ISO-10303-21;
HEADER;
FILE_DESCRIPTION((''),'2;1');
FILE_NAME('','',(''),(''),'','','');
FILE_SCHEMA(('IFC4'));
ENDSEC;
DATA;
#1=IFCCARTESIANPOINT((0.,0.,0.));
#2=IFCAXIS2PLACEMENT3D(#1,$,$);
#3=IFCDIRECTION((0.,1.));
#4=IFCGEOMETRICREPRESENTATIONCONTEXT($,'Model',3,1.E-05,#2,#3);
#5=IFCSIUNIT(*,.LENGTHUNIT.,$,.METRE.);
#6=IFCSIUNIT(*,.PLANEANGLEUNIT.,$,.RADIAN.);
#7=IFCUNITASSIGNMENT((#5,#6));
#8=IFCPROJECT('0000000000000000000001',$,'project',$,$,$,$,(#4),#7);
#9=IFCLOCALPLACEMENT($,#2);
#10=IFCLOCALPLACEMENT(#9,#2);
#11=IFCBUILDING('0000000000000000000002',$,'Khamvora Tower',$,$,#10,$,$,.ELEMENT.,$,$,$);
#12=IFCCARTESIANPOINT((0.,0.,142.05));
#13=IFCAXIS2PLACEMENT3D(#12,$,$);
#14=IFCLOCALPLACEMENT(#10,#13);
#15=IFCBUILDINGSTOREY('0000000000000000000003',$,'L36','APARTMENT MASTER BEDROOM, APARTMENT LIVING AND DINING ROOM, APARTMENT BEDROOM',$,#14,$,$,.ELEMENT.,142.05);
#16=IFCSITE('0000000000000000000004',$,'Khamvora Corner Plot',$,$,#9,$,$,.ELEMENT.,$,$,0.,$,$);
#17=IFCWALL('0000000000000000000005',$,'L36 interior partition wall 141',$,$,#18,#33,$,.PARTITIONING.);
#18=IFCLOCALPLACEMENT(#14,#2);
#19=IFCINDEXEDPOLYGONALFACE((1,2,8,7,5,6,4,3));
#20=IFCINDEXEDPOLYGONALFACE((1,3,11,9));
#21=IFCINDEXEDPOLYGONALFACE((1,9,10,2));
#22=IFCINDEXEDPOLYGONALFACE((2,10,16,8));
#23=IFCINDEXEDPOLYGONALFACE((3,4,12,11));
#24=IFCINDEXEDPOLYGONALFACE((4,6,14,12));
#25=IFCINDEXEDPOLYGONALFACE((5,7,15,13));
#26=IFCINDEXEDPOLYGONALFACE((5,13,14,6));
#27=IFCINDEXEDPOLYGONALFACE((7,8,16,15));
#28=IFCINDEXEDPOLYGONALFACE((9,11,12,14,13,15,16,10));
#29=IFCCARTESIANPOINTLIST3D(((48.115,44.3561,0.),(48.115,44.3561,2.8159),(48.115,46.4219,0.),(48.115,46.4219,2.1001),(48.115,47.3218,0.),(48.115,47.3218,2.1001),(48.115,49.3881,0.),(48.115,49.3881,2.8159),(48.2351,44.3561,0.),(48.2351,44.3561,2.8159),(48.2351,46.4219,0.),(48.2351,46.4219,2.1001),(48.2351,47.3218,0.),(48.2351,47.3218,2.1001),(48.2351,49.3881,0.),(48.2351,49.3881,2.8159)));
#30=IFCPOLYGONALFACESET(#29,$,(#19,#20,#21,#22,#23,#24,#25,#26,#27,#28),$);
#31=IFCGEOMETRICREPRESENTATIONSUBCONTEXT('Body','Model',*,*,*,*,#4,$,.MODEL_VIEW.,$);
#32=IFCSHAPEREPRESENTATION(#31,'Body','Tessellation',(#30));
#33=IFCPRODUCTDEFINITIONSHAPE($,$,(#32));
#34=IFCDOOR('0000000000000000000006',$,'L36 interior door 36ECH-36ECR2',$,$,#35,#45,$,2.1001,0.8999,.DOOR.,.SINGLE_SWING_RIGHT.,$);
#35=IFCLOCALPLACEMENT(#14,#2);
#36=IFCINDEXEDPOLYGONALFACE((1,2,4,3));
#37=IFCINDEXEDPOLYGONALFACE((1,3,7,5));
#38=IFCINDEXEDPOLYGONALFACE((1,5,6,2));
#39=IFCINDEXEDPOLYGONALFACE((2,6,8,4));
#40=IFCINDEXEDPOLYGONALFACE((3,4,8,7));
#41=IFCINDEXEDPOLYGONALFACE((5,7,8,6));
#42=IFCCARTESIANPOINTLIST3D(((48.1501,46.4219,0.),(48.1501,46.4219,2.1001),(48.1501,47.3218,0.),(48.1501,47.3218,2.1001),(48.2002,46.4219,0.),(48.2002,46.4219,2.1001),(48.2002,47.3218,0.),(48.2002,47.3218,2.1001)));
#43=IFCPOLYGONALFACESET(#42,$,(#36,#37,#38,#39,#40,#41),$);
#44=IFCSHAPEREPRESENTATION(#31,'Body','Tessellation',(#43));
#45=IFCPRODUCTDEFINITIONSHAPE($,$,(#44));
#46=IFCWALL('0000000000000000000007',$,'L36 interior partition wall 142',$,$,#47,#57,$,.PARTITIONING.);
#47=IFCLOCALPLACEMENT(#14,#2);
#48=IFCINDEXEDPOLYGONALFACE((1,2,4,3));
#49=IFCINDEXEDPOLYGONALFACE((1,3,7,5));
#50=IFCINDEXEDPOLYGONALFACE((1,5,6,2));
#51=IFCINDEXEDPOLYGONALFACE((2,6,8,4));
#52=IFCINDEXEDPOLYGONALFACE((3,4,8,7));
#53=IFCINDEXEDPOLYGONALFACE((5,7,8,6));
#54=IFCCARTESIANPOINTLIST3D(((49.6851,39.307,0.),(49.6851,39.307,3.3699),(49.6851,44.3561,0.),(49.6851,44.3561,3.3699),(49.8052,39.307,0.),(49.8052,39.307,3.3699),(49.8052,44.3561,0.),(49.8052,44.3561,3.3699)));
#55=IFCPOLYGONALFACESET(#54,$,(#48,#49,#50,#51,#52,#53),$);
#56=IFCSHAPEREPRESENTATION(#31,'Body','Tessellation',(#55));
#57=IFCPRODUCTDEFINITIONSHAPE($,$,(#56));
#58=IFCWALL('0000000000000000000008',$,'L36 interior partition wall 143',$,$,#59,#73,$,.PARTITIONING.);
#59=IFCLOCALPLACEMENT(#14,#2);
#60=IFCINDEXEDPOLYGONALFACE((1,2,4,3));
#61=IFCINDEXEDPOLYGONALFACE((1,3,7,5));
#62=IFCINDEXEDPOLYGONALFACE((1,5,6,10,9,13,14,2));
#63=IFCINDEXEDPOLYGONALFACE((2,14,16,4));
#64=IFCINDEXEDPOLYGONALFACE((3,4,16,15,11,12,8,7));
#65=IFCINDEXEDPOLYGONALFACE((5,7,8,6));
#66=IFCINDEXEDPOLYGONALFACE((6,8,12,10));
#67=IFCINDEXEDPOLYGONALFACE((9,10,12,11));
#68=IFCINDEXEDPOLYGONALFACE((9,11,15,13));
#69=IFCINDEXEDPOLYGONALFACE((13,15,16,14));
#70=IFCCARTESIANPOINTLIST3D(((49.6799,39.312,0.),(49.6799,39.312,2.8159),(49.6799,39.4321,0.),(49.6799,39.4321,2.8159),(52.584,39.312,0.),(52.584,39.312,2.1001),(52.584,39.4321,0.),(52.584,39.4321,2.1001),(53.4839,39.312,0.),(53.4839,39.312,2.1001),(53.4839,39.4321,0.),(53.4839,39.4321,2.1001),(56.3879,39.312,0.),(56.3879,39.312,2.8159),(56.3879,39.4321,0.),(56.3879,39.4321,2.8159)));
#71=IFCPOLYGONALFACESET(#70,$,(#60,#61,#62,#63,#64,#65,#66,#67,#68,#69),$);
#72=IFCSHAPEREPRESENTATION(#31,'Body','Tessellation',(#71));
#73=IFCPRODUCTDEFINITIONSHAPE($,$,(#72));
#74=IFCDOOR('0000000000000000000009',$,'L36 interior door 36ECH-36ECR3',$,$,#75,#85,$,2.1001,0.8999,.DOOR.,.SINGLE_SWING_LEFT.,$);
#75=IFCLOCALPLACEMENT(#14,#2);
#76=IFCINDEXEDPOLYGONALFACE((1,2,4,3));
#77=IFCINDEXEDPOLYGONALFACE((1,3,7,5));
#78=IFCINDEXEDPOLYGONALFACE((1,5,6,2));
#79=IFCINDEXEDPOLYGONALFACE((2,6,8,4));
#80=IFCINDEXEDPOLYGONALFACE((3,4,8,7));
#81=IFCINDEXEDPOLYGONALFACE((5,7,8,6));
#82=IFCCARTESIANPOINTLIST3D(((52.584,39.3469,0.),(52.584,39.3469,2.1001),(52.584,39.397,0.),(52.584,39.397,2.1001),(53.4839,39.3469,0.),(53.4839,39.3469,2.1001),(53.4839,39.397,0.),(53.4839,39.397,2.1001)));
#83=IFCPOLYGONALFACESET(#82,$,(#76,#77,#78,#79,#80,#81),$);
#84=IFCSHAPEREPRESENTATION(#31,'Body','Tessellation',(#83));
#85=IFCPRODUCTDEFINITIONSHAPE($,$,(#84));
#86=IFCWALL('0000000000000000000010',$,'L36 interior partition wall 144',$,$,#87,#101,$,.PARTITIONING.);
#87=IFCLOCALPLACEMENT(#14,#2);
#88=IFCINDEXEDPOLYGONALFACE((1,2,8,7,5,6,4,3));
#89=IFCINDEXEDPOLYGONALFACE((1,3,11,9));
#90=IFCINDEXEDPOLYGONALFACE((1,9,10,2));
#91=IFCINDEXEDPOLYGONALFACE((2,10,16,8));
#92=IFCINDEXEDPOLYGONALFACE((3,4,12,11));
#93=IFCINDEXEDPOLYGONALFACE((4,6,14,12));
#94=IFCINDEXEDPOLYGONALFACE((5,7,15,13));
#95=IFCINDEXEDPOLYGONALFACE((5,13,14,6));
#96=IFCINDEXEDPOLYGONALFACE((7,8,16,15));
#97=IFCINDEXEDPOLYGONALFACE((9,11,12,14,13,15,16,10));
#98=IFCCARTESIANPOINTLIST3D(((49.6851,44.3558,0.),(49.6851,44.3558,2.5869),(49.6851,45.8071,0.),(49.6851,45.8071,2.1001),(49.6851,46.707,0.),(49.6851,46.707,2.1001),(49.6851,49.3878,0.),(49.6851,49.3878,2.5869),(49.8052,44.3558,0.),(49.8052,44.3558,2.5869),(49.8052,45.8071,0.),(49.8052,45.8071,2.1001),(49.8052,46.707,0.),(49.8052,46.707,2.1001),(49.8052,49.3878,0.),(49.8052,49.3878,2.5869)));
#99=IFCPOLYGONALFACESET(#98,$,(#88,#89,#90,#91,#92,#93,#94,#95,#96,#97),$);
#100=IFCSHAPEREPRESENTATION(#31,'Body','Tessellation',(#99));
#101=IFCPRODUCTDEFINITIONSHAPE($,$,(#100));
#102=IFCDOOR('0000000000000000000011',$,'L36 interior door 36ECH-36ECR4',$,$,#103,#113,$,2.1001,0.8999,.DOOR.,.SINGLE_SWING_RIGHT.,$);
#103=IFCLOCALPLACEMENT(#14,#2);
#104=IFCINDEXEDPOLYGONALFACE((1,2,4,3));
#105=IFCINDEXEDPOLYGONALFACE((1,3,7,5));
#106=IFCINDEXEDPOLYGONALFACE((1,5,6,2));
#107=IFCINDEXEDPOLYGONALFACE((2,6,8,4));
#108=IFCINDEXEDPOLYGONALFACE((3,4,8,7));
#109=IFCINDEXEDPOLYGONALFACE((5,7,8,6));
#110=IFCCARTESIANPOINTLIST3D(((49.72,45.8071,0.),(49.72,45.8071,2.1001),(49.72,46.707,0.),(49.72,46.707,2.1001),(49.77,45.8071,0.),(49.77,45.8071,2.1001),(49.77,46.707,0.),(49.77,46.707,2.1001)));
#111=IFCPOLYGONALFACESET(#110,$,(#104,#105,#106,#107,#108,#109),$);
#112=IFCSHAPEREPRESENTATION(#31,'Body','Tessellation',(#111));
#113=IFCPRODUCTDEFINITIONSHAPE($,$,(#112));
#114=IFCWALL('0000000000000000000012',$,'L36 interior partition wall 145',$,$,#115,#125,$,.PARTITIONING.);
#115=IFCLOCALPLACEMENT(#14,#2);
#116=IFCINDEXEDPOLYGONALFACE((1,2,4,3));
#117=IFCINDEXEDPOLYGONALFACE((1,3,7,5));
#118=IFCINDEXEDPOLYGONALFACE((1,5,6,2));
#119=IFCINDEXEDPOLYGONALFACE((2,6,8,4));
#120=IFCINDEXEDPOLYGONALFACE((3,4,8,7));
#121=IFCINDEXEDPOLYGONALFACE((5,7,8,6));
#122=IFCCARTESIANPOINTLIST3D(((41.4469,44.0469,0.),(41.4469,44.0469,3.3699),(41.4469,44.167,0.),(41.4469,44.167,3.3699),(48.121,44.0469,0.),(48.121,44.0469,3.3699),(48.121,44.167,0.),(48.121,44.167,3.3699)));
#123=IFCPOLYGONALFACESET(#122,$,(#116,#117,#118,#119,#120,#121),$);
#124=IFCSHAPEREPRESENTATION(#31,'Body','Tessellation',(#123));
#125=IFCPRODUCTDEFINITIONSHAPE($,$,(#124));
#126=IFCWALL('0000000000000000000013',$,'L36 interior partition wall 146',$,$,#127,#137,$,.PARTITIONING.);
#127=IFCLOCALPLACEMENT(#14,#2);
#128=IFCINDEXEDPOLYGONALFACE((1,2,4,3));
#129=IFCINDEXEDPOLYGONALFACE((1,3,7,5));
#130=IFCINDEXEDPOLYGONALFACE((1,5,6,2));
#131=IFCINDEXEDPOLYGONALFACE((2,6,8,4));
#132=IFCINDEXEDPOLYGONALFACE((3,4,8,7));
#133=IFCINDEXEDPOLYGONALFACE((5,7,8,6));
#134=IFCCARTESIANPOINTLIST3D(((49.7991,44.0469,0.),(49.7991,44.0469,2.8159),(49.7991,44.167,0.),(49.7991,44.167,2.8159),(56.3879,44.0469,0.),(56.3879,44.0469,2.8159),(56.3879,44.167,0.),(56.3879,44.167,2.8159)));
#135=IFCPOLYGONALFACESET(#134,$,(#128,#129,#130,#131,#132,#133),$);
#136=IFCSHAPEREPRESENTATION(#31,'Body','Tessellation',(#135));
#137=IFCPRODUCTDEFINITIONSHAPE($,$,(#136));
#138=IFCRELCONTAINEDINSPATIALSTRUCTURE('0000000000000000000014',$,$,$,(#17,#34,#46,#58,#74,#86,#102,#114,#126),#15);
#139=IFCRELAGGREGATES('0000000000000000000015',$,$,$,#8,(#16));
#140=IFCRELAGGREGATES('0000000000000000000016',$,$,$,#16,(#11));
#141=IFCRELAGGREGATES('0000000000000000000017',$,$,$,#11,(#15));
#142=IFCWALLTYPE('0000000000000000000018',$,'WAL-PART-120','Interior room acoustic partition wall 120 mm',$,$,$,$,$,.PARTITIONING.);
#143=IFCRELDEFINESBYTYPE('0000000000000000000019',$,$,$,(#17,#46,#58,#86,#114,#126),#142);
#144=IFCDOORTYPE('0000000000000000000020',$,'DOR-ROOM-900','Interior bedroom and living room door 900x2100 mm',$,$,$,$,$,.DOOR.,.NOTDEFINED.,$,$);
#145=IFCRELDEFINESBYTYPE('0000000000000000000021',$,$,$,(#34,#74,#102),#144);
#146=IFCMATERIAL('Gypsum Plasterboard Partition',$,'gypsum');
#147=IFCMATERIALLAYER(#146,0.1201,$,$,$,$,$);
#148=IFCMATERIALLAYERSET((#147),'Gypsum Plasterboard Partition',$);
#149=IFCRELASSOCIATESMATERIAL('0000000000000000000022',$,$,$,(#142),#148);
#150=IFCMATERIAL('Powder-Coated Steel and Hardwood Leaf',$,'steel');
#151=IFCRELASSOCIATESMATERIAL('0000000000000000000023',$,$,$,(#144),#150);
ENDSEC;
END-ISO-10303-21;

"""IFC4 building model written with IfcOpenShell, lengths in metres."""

from ifc_helpers import new_model, si_unit, direction, frame, frame_2d, origin, place, context, subcontext, project, spatial, rectangle, extrude, material, layer, layer_set, type_object, element, fill, save


model = new_model("IFC4")

# Units and contexts
model_context = context("Model", 3, precision=1e-05, world=origin(), true_north=direction((0.0, 1.0)))
body_context = subcontext(model_context, "Body", "Model", "MODEL_VIEW")
ifc_project = project(units=[si_unit("LENGTHUNIT", "METRE"), si_unit("PLANEANGLEUNIT", "RADIAN")], contexts=[model_context])

# Site, building, storey
site_placement = place(None, origin())
site = spatial("IfcSite", under=ifc_project, at=site_placement, Name="Khamvora Corner Plot", CompositionType="ELEMENT", RefElevation=0.0)
building_placement = place(site_placement, origin())
building = spatial("IfcBuilding", under=site, at=building_placement, Name="Khamvora Tower", CompositionType="ELEMENT")
storey_placement = place(building_placement, frame((0.0, 0.0, 142.05)))
storey = spatial("IfcBuildingStorey", under=building, at=storey_placement, Name="L36", Description="APARTMENT MASTER BEDROOM, APARTMENT LIVING AND DINING ROOM, APARTMENT BEDROOM", CompositionType="ELEMENT", Elevation=142.05)

# Shared definitions
ifc_material_1 = material(Name="Gypsum Plasterboard Partition", Category="gypsum")
ifc_layer_1 = layer(ifc_material_1, 0.1201)
ifc_layer_set_1 = layer_set([ifc_layer_1], Name="Gypsum Plasterboard Partition")
wall_type_1 = type_object("IfcWallType", Name="WAL-PART-120", Description="Interior room acoustic partition wall 120 mm", PredefinedType="PARTITIONING", material=ifc_layer_set_1)
ifc_material_2 = material(Name="Powder-Coated Steel and Hardwood Leaf", Category="steel")
door_type = type_object("IfcDoorType", Name="DOR-ROOM-900", Description="Interior bedroom and living room door 900x2100 mm", OperationType="NOTDEFINED", PredefinedType="DOOR", material=ifc_material_2)

# Wall, opening, door
wall_1_placement = place(storey_placement, frame((48.175, 44.356, 0.0), z_axis=(0.0, 0.0, 1.0), x_axis=(0.0, 1.0, 0.0)))
wall_1 = element("IfcWall", 1, at=wall_1_placement, inside=storey, type_object=wall_type_1, Name="L36 interior partition wall 141", PredefinedType="PARTITIONING", context=body_context, shape_type="SweptSolid", body=[
    extrude(rectangle(XDim=5.032, YDim=0.1201, at=frame_2d((2.5161, 0.0))), origin(), (0.0, 0.0, 1.0), 2.8159),
])
opening_1_placement = place(wall_1_placement, frame((2.0659, 0.0, 0.0)))
opening_1 = element("IfcOpeningElement", 2, at=opening_1_placement, cuts=wall_1, PredefinedType="OPENING", context=body_context, shape_type="SweptSolid", body=[
    extrude(rectangle(XDim=0.8999, YDim=2.1001, at=frame_2d((0.45, 1.05))), frame((0.0, 0.0701, 0.0), z_axis=(0.0, -1.0, 0.0), x_axis=(1.0, 0.0, 0.0)), (0.0, 0.0, 1.0), 0.1401),
])
door_1_placement = place(opening_1_placement, origin())
door_1 = element("IfcDoor", 3, at=door_1_placement, inside=storey, type_object=door_type, Name="L36 interior door 36ECH-36ECR2", OperationType="SINGLE_SWING_RIGHT", OverallHeight=2.1001, OverallWidth=0.8999, PredefinedType="DOOR", context=body_context, shape_type="SweptSolid", body=[
    extrude(rectangle(XDim=0.8999, YDim=2.1001, at=frame_2d((0.45, 1.05))), frame((0.0, 0.0249, 0.0), z_axis=(0.0, -1.0, 0.0), x_axis=(1.0, 0.0, 0.0)), (0.0, 0.0, 1.0), 0.05),
])
fill(opening_1, door_1)

# Wall
wall_2_placement = place(storey_placement, frame((49.7451, 44.356, 0.0), z_axis=(0.0, 0.0, 1.0), x_axis=(0.0, -1.0, 0.0)))
element("IfcWall", 4, at=wall_2_placement, inside=storey, type_object=wall_type_1, Name="L36 interior partition wall 142", PredefinedType="PARTITIONING", context=body_context, shape_type="SweptSolid", body=[
    extrude(rectangle(XDim=5.0491, YDim=0.1201, at=frame_2d((2.5244, 0.0))), origin(), (0.0, 0.0, 1.0), 3.3699),
])

# Walls, openings, doors
wall_3_placement = place(storey_placement, frame((49.6799, 39.3721, 0.0), z_axis=(0.0, 0.0, 1.0), x_axis=(1.0, 0.0, 0.0)))
wall_3 = element("IfcWall", 5, at=wall_3_placement, inside=storey, type_object=wall_type_1, Name="L36 interior partition wall 143", PredefinedType="PARTITIONING", context=body_context, shape_type="SweptSolid", body=[
    extrude(rectangle(XDim=6.708, YDim=0.1201, at=frame_2d((3.354, 0.0))), origin(), (0.0, 0.0, 1.0), 2.8159),
])
opening_2_placement = place(wall_3_placement, frame((2.9041, 0.0, 0.0)))
opening_2 = element("IfcOpeningElement", 6, at=opening_2_placement, cuts=wall_3, PredefinedType="OPENING", context=body_context, shape_type="SweptSolid", body=[
    extrude(rectangle(XDim=0.8999, YDim=2.1001, at=frame_2d((0.45, 1.05))), frame((0.0, 0.0701, 0.0), z_axis=(0.0, -1.0, 0.0), x_axis=(1.0, 0.0, 0.0)), (0.0, 0.0, 1.0), 0.1401),
])
door_2_placement = place(opening_2_placement, origin())
door_2 = element("IfcDoor", 7, at=door_2_placement, inside=storey, type_object=door_type, Name="L36 interior door 36ECH-36ECR3", OperationType="SINGLE_SWING_LEFT", OverallHeight=2.1001, OverallWidth=0.8999, PredefinedType="DOOR", context=body_context, shape_type="SweptSolid", body=[
    extrude(rectangle(XDim=0.8999, YDim=2.1001, at=frame_2d((0.45, 1.05))), frame((0.0, 0.0249, 0.0), z_axis=(0.0, -1.0, 0.0), x_axis=(1.0, 0.0, 0.0)), (0.0, 0.0, 1.0), 0.05),
])
fill(opening_2, door_2)
wall_4_placement = place(storey_placement, frame((49.7451, 49.3879, 0.0), z_axis=(0.0, 0.0, 1.0), x_axis=(0.0, -1.0, 0.0)))
wall_4 = element("IfcWall", 8, at=wall_4_placement, inside=storey, type_object=wall_type_1, Name="L36 interior partition wall 144", PredefinedType="PARTITIONING", context=body_context, shape_type="SweptSolid", body=[
    extrude(rectangle(XDim=5.032, YDim=0.1201, at=frame_2d((2.5161, 0.0))), origin(), (0.0, 0.0, 1.0), 2.5869),
])
opening_3_placement = place(wall_4_placement, frame((2.6809, 0.0, 0.0)))
opening_3 = element("IfcOpeningElement", 9, at=opening_3_placement, cuts=wall_4, PredefinedType="OPENING", context=body_context, shape_type="SweptSolid", body=[
    extrude(rectangle(XDim=0.8999, YDim=2.1001, at=frame_2d((0.45, 1.05))), frame((0.0, 0.0701, 0.0), z_axis=(0.0, -1.0, 0.0), x_axis=(1.0, 0.0, 0.0)), (0.0, 0.0, 1.0), 0.1401),
])
door_3_placement = place(opening_3_placement, origin())
door_3 = element("IfcDoor", 10, at=door_3_placement, inside=storey, type_object=door_type, Name="L36 interior door 36ECH-36ECR4", OperationType="SINGLE_SWING_RIGHT", OverallHeight=2.1001, OverallWidth=0.8999, PredefinedType="DOOR", context=body_context, shape_type="SweptSolid", body=[
    extrude(rectangle(XDim=0.8999, YDim=2.1001, at=frame_2d((0.45, 1.05))), frame((0.0, 0.0249, 0.0), z_axis=(0.0, -1.0, 0.0), x_axis=(1.0, 0.0, 0.0)), (0.0, 0.0, 1.0), 0.05),
])
fill(opening_3, door_3)

# Walls
wall_5_placement = place(storey_placement, frame((41.447, 44.1069, 0.0), z_axis=(0.0, 0.0, 1.0), x_axis=(1.0, 0.0, 0.0)))
element("IfcWall", 11, at=wall_5_placement, inside=storey, type_object=wall_type_1, Name="L36 interior partition wall 145", PredefinedType="PARTITIONING", context=body_context, shape_type="SweptSolid", body=[
    extrude(rectangle(XDim=6.6741, YDim=0.1201, at=frame_2d((3.3369, 0.0))), origin(), (0.0, 0.0, 1.0), 3.3699),
])
wall_6_placement = place(storey_placement, frame((49.7991, 44.1069, 0.0), z_axis=(0.0, 0.0, 1.0), x_axis=(1.0, 0.0, 0.0)))
element("IfcWall", 12, at=wall_6_placement, inside=storey, type_object=wall_type_1, Name="L36 interior partition wall 146", PredefinedType="PARTITIONING", context=body_context, shape_type="SweptSolid", body=[
    extrude(rectangle(XDim=6.5889, YDim=0.1201, at=frame_2d((3.2944, 0.0))), origin(), (0.0, 0.0, 1.0), 2.8159),
])

save(model, "model.ifc")
